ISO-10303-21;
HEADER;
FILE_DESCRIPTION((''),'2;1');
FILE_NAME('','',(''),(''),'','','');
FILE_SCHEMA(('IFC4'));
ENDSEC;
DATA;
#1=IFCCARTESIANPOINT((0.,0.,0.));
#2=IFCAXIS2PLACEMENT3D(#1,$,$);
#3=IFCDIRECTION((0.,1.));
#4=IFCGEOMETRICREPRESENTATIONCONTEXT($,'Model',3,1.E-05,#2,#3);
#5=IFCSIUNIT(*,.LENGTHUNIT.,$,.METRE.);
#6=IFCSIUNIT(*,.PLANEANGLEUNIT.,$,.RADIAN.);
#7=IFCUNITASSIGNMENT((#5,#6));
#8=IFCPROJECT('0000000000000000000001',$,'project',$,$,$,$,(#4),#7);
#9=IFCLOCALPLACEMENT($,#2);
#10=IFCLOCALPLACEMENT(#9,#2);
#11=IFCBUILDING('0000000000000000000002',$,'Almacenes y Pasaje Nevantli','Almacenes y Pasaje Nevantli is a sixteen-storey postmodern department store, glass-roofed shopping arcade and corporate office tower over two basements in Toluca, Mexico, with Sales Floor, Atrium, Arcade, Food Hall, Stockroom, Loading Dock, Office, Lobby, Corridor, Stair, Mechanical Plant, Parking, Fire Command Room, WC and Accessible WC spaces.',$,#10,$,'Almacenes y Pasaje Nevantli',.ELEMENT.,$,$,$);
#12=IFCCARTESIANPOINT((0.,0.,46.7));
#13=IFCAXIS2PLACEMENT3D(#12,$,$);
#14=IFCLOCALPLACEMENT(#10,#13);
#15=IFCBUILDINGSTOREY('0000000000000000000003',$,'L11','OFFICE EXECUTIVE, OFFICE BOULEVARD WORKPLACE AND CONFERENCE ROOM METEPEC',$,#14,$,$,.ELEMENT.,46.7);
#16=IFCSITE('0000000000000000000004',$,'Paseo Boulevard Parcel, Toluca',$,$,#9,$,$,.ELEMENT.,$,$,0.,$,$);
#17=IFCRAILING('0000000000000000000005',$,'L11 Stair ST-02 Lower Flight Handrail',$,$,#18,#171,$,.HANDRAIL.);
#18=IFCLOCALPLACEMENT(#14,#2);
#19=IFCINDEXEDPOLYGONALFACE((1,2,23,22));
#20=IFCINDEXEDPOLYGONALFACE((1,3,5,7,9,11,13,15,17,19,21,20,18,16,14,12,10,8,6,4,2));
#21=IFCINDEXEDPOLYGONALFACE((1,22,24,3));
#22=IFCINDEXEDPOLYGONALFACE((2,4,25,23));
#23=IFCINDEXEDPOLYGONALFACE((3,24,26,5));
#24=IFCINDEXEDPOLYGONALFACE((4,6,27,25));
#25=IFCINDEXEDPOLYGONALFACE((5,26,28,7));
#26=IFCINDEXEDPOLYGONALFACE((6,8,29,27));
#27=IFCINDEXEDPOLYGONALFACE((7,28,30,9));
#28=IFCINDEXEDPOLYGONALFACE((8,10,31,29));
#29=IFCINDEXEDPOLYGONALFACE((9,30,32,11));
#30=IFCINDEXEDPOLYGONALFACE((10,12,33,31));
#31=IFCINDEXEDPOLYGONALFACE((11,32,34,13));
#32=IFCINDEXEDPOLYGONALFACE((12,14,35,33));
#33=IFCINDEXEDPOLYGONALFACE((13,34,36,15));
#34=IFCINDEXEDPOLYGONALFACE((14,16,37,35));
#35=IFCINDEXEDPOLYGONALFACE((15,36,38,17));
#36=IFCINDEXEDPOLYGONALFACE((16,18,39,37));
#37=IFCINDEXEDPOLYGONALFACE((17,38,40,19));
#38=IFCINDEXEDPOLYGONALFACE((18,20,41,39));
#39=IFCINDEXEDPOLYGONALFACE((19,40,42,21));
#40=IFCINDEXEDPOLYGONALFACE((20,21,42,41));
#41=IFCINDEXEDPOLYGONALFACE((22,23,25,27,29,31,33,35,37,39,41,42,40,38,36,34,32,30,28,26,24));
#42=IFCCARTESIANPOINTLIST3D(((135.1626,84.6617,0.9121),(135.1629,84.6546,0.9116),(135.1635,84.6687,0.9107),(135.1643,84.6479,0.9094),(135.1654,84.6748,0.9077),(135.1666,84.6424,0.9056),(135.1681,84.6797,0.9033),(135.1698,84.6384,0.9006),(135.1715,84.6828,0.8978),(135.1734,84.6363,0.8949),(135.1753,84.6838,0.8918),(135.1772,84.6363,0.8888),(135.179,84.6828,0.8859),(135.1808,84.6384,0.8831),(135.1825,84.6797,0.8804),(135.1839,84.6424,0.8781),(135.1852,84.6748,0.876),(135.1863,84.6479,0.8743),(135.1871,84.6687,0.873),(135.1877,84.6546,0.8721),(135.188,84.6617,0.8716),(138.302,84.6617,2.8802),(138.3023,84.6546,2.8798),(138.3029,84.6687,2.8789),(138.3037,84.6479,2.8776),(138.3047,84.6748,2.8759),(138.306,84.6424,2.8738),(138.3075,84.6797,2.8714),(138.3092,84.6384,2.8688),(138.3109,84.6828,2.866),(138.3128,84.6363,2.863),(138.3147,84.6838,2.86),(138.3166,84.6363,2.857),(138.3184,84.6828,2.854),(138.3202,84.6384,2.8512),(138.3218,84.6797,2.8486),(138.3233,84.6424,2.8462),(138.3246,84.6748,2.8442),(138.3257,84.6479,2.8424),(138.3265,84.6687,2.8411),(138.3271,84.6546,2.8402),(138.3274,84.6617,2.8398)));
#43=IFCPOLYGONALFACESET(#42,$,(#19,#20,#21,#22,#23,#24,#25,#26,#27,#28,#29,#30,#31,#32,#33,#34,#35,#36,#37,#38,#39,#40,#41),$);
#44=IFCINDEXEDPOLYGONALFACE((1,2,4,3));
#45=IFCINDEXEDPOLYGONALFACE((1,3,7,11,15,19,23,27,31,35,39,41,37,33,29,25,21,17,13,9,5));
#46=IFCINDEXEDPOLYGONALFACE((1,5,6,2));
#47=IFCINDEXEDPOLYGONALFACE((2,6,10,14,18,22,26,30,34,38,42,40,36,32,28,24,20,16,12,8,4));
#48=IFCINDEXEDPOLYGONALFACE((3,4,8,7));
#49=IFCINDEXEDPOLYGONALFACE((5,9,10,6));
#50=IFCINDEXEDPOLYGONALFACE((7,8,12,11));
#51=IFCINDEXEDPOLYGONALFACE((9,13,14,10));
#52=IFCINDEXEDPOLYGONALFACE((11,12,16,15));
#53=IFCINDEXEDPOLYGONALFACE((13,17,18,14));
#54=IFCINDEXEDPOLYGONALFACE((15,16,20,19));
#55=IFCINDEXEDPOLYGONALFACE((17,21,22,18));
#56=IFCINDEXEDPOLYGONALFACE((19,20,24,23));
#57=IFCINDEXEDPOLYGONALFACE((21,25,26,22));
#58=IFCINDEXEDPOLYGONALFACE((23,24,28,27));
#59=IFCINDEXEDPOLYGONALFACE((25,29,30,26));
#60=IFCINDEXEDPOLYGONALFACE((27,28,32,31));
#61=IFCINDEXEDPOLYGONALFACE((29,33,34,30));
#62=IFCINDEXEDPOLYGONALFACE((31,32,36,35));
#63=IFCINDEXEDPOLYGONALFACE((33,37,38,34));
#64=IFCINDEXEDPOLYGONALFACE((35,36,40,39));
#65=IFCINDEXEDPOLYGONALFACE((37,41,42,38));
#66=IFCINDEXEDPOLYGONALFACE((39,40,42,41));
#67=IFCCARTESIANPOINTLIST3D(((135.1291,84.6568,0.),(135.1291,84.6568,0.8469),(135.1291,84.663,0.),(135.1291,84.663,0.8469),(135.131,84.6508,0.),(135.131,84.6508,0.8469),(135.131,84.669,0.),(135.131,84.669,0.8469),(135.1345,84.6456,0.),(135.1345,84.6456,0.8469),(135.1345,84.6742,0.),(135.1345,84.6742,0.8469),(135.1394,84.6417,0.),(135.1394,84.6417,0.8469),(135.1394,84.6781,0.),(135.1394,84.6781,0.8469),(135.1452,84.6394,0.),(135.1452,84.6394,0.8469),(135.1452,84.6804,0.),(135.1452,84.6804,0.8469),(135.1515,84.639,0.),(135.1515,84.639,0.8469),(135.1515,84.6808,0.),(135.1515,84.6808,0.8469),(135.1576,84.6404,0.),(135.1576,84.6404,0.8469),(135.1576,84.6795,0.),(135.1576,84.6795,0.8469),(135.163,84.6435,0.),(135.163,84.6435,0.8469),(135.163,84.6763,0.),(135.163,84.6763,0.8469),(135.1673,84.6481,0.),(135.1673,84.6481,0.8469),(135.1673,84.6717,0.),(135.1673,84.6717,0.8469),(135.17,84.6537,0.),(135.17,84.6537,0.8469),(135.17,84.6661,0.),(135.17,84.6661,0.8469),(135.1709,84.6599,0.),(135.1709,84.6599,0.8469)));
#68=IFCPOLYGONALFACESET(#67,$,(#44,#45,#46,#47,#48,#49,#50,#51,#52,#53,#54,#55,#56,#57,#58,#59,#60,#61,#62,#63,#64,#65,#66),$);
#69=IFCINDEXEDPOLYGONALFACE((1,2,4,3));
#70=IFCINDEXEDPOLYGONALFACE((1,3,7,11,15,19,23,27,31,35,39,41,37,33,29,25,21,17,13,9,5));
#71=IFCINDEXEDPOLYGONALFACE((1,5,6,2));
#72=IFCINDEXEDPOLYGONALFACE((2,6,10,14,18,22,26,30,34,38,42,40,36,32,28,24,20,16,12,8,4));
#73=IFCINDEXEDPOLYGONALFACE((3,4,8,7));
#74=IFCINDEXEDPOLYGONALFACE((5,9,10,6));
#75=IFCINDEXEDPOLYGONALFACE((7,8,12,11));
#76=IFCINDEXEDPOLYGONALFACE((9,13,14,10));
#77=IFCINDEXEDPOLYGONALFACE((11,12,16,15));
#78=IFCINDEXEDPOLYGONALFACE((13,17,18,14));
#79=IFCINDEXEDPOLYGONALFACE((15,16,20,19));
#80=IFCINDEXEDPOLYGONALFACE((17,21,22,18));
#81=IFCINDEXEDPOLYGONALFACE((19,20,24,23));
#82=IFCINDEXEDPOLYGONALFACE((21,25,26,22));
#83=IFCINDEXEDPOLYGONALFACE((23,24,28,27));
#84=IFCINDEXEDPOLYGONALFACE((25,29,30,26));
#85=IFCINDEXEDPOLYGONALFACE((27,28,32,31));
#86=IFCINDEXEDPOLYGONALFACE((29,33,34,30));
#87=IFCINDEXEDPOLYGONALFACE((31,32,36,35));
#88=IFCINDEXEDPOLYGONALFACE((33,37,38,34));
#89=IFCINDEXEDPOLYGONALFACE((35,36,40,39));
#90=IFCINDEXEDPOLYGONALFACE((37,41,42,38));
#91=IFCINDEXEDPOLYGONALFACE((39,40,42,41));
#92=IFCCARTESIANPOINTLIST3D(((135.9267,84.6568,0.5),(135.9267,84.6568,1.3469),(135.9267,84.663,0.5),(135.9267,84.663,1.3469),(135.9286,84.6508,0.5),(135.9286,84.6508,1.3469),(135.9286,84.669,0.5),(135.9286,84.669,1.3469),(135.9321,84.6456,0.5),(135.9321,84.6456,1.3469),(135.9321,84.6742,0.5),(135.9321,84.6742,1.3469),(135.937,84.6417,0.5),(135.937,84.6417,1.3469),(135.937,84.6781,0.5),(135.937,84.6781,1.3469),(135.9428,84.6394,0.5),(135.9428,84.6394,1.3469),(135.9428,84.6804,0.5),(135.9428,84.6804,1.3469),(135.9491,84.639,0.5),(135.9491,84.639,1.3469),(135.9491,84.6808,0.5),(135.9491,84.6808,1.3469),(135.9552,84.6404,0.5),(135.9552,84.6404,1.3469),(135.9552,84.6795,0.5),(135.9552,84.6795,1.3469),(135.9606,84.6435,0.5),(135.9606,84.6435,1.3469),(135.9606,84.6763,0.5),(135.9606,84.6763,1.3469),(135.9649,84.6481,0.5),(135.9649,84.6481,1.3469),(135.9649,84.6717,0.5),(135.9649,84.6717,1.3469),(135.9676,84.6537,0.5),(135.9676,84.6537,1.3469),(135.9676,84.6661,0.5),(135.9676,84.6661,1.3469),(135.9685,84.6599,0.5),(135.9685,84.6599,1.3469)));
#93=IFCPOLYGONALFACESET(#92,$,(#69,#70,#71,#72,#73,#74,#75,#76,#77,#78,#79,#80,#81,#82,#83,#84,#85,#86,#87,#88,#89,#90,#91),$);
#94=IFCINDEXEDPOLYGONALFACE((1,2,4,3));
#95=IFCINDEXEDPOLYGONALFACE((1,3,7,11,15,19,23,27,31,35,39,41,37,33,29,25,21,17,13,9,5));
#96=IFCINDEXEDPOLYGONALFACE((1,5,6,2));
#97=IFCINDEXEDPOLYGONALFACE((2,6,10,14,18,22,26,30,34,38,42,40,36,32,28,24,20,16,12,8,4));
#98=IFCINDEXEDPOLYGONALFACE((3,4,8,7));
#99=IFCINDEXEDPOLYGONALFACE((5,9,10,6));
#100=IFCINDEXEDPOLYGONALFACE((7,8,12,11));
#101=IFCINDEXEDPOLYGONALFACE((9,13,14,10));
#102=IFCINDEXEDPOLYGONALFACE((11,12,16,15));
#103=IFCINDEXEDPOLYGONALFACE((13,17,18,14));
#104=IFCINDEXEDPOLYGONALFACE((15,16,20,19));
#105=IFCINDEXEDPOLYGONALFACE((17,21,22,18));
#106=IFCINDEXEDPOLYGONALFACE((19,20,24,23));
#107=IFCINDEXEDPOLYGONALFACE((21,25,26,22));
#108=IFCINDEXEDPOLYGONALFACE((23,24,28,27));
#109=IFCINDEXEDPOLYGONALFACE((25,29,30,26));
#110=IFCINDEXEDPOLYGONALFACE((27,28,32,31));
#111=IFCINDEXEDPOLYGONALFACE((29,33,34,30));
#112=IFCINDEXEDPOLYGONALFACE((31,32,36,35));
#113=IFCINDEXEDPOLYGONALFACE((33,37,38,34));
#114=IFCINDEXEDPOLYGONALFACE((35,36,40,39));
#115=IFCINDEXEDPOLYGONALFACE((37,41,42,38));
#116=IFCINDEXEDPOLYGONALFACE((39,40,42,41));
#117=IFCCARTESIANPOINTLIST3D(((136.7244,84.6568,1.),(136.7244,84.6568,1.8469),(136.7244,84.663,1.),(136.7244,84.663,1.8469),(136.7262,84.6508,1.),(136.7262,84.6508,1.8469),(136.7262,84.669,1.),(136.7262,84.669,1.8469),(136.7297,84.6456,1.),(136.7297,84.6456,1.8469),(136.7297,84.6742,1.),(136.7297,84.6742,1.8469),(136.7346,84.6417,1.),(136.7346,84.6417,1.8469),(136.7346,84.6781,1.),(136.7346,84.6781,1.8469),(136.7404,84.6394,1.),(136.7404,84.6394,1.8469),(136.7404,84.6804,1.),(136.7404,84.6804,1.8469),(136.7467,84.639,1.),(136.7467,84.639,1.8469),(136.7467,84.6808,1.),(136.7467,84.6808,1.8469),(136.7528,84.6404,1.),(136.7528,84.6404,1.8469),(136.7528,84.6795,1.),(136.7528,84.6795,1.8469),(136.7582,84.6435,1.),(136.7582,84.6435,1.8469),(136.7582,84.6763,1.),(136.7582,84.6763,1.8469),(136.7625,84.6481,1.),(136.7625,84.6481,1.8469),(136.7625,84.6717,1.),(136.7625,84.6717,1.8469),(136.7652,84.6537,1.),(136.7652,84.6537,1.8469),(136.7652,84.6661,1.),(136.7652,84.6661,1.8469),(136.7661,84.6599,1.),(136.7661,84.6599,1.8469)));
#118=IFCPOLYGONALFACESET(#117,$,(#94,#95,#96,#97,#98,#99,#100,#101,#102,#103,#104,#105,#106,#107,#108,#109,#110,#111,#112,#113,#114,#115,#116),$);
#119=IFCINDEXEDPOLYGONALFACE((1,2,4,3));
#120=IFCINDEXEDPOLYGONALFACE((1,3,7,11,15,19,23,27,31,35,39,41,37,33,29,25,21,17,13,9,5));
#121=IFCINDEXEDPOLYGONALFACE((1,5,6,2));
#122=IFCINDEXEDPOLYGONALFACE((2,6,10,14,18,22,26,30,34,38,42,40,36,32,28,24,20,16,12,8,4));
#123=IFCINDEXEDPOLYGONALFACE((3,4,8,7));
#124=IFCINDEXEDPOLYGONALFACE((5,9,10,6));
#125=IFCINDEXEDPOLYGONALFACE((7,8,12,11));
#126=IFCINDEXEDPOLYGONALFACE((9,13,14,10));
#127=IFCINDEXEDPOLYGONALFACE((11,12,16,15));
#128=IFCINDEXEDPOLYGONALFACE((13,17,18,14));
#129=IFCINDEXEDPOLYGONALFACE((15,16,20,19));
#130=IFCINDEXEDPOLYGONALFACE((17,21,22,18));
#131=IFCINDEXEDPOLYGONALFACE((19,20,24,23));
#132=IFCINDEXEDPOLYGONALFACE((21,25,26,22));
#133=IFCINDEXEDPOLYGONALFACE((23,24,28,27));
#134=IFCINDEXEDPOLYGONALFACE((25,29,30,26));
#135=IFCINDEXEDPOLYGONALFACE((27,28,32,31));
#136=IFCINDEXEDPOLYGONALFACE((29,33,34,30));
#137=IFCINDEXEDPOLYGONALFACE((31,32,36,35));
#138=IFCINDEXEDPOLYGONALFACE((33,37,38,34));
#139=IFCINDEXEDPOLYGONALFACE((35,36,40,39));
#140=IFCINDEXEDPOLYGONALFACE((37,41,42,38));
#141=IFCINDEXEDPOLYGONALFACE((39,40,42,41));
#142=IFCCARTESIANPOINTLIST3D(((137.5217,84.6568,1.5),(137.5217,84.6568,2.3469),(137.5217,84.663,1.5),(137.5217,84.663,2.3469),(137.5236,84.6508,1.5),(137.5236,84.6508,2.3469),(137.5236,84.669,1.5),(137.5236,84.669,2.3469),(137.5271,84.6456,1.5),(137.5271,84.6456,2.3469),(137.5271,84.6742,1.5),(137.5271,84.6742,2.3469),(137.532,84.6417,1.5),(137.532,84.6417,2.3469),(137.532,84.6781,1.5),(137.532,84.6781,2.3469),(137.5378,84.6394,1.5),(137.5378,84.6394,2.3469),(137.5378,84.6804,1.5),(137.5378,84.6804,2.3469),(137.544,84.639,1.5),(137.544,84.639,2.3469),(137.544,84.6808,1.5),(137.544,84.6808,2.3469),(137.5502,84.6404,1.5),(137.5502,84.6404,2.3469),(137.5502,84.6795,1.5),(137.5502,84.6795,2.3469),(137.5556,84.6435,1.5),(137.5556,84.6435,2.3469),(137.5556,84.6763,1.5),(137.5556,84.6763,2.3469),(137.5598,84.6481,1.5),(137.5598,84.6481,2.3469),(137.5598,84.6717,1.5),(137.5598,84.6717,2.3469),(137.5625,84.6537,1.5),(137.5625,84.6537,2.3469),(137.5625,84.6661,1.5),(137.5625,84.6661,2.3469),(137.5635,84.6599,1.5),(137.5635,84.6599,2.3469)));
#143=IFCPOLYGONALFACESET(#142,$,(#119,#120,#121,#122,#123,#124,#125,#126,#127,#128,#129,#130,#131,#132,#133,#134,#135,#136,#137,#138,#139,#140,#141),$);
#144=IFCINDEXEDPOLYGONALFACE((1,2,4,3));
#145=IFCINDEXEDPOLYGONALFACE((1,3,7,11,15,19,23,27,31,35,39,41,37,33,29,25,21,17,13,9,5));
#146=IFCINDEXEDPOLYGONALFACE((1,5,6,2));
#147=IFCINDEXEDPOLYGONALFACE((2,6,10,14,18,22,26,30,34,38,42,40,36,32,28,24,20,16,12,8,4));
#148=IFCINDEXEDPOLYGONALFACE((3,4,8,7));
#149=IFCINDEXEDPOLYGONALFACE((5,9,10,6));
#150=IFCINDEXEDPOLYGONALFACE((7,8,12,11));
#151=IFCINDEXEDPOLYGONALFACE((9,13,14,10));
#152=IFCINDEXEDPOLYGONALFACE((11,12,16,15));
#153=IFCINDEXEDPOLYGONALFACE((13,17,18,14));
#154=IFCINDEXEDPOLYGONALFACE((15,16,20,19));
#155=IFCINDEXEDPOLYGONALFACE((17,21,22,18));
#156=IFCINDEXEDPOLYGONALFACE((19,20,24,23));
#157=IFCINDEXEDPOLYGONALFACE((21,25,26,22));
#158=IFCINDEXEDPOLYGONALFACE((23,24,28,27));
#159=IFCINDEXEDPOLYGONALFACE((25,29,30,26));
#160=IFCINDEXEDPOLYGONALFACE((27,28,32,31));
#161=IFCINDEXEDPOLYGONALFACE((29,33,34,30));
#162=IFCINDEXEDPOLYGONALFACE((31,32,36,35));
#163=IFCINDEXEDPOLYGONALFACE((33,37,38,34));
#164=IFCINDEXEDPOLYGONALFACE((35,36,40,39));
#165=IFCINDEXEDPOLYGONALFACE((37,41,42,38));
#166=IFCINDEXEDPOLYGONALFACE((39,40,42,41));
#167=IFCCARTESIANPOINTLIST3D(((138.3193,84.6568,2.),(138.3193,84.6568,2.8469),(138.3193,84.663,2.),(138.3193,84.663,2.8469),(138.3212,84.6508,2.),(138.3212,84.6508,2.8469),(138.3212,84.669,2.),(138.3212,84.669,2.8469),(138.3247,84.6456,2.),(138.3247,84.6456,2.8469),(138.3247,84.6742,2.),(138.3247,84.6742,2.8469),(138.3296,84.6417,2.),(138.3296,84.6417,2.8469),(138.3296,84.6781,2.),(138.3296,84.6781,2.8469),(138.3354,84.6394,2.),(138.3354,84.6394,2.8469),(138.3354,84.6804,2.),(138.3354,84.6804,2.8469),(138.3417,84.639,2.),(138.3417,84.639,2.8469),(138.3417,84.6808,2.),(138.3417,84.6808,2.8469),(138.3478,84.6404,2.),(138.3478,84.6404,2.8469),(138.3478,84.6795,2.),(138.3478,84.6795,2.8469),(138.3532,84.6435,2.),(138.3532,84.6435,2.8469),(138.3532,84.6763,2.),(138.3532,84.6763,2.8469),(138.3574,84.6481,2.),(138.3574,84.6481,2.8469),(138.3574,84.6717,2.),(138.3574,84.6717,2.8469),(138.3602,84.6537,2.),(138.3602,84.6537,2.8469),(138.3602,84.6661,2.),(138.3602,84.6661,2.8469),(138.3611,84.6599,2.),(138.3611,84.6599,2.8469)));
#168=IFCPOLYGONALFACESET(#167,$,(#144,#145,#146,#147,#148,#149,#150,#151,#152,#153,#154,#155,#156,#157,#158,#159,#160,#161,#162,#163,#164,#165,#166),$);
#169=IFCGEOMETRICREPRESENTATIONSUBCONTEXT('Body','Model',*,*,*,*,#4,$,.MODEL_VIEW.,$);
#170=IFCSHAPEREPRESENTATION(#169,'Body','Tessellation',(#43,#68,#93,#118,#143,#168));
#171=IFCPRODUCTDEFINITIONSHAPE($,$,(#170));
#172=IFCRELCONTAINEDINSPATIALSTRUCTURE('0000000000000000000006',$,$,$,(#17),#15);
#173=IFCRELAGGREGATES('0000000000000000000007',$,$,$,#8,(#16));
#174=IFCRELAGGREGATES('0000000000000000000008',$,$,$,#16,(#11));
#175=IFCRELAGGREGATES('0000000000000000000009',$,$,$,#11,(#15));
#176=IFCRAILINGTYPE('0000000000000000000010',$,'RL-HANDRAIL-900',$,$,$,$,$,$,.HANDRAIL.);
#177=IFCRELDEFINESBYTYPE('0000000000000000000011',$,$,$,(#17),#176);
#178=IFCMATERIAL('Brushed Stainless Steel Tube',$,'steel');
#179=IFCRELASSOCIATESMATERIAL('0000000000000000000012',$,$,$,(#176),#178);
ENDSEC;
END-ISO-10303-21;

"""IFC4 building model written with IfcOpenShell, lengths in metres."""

from ifc_helpers import new_model, si_unit, direction, frame, origin, origin_2d, place, context, subcontext, project, spatial, circle, extrude, material, type_object, element, save


model = new_model("IFC4")

# Units and contexts
model_context = context("Model", 3, precision=1e-05, world=origin(), true_north=direction((0.0, 1.0)))
body_context = subcontext(model_context, "Body", "Model", "MODEL_VIEW")
ifc_project = project(units=[si_unit("LENGTHUNIT", "METRE"), si_unit("PLANEANGLEUNIT", "RADIAN")], contexts=[model_context])

# Site, building, storey
site_placement = place(None, origin())
site = spatial("IfcSite", under=ifc_project, at=site_placement, Name="Paseo Boulevard Parcel, Toluca", CompositionType="ELEMENT", RefElevation=0.0)
building_placement = place(site_placement, origin())
building = spatial("IfcBuilding", under=site, at=building_placement, Name="Almacenes y Pasaje Nevantli", Description="Almacenes y Pasaje Nevantli is a sixteen-storey postmodern department store, glass-roofed shopping arcade and corporate office tower over two basements in Toluca, Mexico, with Sales Floor, Atrium, Arcade, Food Hall, Stockroom, Loading Dock, Office, Lobby, Corridor, Stair, Mechanical Plant, Parking, Fire Command Room, WC and Accessible WC spaces.", LongName="Almacenes y Pasaje Nevantli", CompositionType="ELEMENT")
storey_placement = place(building_placement, frame((0.0, 0.0, 46.7)))
storey = spatial("IfcBuildingStorey", under=building, at=storey_placement, Name="L11", Description="OFFICE EXECUTIVE, OFFICE BOULEVARD WORKPLACE AND CONFERENCE ROOM METEPEC", CompositionType="ELEMENT", Elevation=46.7)

# Railing
ifc_material_1 = material(Name="Brushed Stainless Steel Tube", Category="steel")
railing_type_1 = type_object("IfcRailingType", Name="RL-HANDRAIL-900", PredefinedType="HANDRAIL", material=ifc_material_1)
railing_1_placement = place(storey_placement, frame((135.1499, 84.6599, 0.0)))
element("IfcRailing", 1, at=railing_1_placement, inside=storey, type_object=railing_type_1, Name="L11 Stair ST-02 Lower Flight Handrail", PredefinedType="HANDRAIL", context=body_context, shape_type="SweptSolid", body=[
    extrude(circle(Radius=0.0239, at=origin_2d()), frame((0.0254, 0.0, 0.8918), z_axis=(0.847265, 0.0, 0.53117), x_axis=(0.0, 1.0, 0.0)), (0.0, 0.0, 1.0), 3.7053),
    extrude(circle(Radius=0.021, at=origin_2d()), origin(), (0.0, 0.0, 1.0), 0.8469),
    extrude(circle(Radius=0.021, at=origin_2d()), frame((0.7976, 0.0, 0.5)), (0.0, 0.0, 1.0), 0.8469),
    extrude(circle(Radius=0.021, at=origin_2d()), frame((1.5952, 0.0, 1.0)), (0.0, 0.0, 1.0), 0.8469),
    extrude(circle(Radius=0.021, at=origin_2d()), frame((2.3926, 0.0, 1.5)), (0.0, 0.0, 1.0), 0.8469),
    extrude(circle(Radius=0.021, at=origin_2d()), frame((3.1902, 0.0, 2.0)), (0.0, 0.0, 1.0), 0.8469),
])

save(model, "model.ifc")
